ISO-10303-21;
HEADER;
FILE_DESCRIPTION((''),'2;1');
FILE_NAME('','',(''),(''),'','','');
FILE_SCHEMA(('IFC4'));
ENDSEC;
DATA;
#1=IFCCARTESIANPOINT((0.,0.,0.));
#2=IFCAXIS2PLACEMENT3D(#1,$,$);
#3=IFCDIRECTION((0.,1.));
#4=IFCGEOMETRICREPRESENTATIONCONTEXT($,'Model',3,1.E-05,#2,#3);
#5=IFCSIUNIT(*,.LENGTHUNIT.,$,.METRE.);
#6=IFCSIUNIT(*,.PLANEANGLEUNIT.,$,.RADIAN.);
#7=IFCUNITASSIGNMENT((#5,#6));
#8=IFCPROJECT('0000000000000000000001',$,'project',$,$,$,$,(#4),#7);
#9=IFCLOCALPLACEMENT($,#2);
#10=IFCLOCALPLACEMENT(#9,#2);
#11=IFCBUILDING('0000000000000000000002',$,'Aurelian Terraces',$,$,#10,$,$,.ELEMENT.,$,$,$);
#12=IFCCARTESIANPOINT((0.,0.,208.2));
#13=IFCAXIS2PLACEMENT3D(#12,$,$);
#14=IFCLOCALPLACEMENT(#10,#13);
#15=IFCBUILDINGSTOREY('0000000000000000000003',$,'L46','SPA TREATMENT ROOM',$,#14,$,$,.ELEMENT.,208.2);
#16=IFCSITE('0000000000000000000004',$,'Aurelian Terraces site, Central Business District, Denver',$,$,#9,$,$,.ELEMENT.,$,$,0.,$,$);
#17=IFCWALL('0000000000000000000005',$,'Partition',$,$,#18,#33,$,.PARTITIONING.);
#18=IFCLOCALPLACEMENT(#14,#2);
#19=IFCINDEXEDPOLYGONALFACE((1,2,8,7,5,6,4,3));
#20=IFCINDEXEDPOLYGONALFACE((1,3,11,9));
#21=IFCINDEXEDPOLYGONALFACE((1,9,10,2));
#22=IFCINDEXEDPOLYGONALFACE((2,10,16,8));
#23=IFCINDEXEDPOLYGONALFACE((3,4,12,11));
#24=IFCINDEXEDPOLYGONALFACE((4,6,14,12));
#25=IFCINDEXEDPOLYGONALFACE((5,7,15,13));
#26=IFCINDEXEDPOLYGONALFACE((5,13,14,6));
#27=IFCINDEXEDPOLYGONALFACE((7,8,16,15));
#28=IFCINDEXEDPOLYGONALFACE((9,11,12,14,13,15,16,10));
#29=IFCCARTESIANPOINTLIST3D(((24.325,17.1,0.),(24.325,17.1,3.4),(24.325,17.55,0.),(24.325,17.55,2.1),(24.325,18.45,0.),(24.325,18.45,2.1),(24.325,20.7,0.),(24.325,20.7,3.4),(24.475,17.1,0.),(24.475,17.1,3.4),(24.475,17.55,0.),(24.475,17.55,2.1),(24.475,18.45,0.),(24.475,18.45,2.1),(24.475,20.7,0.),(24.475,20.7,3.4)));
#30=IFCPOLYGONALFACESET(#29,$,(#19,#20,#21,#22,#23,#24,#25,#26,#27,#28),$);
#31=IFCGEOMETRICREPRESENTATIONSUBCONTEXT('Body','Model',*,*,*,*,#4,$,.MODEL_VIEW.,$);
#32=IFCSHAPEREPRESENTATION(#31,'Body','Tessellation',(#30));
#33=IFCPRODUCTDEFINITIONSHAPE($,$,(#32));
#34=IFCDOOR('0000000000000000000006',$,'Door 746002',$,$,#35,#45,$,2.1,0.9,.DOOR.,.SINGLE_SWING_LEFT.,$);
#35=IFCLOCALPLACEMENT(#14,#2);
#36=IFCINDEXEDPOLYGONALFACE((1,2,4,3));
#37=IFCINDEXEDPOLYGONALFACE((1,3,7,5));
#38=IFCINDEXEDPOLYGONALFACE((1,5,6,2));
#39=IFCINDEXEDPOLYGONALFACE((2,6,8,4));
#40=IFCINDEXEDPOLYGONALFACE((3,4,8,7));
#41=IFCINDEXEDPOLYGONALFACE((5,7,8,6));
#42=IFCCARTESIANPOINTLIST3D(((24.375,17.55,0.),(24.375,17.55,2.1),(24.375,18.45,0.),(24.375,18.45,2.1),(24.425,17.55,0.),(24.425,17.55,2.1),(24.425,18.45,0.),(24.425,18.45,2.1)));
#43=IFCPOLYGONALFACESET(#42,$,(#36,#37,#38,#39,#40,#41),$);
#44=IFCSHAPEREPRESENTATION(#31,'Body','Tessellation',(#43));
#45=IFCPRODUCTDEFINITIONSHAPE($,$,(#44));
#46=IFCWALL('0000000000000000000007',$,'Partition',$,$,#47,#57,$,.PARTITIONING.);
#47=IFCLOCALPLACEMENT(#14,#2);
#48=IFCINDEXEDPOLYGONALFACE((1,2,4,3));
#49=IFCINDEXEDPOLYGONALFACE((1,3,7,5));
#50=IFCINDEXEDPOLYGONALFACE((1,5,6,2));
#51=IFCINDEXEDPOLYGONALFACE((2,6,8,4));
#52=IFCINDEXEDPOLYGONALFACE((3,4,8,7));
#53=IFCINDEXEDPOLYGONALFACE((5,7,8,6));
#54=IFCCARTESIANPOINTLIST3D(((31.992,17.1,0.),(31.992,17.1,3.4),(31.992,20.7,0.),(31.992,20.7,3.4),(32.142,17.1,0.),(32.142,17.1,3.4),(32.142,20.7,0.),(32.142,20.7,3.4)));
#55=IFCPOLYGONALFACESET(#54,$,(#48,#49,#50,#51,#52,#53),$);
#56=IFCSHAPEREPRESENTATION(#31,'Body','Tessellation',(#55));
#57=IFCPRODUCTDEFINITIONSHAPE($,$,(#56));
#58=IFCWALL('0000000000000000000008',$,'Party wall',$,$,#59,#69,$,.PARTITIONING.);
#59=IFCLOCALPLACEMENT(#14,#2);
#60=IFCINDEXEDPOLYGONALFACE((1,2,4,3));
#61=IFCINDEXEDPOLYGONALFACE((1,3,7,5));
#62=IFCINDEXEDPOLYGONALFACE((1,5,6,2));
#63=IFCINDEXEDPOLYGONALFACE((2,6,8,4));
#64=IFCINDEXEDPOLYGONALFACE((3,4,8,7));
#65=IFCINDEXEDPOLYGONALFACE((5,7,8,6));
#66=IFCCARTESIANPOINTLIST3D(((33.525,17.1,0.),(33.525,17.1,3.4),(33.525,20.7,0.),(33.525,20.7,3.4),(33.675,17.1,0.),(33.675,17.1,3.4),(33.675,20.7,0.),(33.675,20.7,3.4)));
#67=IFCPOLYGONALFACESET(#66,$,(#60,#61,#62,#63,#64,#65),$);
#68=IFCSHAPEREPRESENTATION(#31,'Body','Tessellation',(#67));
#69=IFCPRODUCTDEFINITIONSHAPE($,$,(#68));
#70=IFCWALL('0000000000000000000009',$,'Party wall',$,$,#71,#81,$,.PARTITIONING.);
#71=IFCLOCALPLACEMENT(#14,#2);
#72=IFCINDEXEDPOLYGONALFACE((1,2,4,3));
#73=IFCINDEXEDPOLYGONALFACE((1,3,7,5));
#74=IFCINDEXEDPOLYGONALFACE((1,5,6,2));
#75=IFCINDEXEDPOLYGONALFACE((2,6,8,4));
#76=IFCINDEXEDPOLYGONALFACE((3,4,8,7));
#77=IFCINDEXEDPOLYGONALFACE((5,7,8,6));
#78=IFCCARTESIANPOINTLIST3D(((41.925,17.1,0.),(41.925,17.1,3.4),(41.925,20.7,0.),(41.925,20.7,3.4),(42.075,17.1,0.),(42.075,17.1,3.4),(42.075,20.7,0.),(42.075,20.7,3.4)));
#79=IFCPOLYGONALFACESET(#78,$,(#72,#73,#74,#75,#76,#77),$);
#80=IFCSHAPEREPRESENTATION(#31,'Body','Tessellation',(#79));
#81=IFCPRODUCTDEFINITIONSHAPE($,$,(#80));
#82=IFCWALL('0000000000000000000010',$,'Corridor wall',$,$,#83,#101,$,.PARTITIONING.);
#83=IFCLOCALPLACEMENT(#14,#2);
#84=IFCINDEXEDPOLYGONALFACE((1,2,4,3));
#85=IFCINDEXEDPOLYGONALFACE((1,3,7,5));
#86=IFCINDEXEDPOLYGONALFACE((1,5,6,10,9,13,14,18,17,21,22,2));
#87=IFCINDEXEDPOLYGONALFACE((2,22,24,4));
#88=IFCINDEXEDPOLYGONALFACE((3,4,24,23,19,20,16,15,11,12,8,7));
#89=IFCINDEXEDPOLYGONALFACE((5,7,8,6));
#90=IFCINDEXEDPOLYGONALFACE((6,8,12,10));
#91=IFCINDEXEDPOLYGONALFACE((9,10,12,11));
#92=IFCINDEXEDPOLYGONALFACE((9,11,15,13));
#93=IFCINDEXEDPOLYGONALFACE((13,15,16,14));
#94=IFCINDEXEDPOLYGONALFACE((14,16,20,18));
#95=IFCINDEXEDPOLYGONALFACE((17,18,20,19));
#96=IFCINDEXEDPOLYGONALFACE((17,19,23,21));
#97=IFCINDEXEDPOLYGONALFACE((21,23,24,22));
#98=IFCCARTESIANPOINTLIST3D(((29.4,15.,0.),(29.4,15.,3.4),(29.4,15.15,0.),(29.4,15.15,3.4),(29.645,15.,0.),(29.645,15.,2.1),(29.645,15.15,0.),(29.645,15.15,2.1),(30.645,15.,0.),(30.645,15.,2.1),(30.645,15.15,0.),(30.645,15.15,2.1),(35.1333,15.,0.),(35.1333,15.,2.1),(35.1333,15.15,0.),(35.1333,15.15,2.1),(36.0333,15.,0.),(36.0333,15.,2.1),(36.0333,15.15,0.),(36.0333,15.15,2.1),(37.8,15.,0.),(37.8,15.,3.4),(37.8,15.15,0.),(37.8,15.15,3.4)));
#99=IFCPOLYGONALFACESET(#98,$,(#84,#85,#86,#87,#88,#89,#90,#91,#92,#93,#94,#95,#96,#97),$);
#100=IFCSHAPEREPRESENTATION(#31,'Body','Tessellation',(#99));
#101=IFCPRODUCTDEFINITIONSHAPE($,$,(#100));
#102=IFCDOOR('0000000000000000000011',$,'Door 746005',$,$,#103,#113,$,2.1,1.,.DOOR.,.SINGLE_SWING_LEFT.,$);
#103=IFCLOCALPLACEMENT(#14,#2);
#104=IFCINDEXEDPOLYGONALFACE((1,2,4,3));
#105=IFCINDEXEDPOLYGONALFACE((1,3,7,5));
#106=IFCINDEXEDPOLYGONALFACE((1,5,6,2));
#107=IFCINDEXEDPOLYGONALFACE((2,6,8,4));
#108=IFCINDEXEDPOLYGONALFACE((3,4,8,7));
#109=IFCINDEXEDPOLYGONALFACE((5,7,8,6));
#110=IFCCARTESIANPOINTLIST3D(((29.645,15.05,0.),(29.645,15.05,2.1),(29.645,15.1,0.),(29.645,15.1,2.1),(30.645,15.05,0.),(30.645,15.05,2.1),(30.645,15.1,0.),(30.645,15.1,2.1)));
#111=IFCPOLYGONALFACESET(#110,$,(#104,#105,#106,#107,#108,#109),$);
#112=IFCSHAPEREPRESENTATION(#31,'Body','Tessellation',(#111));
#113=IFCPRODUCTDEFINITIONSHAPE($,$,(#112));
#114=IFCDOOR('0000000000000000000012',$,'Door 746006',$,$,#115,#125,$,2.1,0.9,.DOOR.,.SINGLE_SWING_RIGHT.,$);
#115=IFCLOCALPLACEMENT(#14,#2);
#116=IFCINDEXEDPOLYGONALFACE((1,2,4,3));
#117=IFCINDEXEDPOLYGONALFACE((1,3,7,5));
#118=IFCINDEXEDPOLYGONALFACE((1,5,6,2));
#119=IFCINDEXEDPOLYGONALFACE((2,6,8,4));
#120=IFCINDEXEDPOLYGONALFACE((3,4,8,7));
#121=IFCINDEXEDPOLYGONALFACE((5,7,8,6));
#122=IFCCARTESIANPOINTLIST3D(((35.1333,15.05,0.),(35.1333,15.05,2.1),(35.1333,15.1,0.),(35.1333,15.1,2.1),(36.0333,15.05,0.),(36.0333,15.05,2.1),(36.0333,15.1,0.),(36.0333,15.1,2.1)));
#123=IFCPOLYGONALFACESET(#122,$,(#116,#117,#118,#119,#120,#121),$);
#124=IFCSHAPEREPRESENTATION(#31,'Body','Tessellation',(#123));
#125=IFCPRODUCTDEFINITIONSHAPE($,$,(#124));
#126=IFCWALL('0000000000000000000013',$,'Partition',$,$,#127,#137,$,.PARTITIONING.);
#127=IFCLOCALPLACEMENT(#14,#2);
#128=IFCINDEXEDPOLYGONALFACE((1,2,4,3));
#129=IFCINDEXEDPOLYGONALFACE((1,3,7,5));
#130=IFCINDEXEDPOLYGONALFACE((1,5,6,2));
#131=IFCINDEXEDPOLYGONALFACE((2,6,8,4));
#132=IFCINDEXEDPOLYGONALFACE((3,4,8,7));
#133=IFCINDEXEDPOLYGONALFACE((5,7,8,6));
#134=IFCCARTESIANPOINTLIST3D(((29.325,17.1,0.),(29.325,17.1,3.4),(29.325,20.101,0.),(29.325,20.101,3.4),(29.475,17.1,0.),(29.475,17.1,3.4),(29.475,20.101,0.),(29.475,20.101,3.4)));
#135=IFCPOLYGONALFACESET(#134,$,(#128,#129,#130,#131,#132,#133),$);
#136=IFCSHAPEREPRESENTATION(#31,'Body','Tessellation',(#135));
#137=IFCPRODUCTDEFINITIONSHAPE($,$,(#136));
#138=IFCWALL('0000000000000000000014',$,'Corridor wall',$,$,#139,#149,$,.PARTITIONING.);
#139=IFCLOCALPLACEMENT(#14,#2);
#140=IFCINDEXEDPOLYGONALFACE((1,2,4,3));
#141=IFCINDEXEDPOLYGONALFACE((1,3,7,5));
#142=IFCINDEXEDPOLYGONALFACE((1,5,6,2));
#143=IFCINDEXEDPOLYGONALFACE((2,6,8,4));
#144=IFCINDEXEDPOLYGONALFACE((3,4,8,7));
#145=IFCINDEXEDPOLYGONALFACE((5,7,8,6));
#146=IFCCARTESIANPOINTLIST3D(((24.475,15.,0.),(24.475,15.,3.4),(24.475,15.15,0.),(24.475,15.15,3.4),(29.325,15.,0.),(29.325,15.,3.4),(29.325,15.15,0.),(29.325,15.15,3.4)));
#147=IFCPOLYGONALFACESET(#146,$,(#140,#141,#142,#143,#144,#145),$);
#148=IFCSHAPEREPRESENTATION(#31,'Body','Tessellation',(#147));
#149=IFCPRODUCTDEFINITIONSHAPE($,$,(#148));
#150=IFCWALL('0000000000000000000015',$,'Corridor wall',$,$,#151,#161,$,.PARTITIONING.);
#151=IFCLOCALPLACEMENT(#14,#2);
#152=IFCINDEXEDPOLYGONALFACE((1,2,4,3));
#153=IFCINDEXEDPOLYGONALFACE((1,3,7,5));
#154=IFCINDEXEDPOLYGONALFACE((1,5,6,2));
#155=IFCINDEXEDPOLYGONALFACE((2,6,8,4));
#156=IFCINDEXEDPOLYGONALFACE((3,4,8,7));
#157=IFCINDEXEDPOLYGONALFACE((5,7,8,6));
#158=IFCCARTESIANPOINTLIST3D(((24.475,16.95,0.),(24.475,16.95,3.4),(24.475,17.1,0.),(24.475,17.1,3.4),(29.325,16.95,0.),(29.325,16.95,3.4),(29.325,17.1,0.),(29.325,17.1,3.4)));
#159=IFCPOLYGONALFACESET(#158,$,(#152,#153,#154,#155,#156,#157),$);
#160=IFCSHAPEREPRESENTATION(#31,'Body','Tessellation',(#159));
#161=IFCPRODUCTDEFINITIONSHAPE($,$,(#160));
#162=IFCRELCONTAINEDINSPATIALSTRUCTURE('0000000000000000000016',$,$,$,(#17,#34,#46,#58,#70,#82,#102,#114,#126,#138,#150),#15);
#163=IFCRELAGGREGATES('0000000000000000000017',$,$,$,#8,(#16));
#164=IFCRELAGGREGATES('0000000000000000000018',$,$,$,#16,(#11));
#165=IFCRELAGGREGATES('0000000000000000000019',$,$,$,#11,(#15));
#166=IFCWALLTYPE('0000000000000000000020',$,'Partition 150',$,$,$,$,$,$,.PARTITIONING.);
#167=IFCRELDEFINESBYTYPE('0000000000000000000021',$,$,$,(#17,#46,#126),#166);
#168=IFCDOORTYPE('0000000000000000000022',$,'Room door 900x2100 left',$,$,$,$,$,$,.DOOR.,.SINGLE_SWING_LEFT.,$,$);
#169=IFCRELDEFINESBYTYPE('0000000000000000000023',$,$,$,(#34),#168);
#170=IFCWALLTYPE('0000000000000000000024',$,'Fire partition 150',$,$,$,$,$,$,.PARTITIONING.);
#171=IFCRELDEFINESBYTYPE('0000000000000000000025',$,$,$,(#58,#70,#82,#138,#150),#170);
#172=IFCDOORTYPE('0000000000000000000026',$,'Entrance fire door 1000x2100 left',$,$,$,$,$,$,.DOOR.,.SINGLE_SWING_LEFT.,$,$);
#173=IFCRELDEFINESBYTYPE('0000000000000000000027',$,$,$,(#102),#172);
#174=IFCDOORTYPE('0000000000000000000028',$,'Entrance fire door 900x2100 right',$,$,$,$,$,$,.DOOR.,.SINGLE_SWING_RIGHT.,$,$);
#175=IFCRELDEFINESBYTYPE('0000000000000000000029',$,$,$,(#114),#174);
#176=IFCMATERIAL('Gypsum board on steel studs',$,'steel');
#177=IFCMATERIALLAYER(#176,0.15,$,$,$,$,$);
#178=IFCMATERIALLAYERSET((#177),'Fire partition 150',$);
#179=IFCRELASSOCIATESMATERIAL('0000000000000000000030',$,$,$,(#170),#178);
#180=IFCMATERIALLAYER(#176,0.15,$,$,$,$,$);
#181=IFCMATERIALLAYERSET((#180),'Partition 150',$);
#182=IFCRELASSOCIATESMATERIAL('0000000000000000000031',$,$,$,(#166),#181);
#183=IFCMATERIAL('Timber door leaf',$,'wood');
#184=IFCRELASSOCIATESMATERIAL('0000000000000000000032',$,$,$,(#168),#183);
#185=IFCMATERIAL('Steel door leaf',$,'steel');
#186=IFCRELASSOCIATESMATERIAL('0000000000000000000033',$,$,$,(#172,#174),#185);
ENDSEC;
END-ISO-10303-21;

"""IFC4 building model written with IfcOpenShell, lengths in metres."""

from ifc_helpers import new_model, si_unit, direction, frame, frame_2d, origin, place, context, subcontext, project, spatial, rectangle, extrude, source, transform, mapped, material, layer, layer_set, type_object, element, fill, save


model = new_model("IFC4")

# Units and contexts
model_context = context("Model", 3, precision=1e-05, world=origin(), true_north=direction((0.0, 1.0)))
body_context = subcontext(model_context, "Body", "Model", "MODEL_VIEW")
ifc_project = project(units=[si_unit("LENGTHUNIT", "METRE"), si_unit("PLANEANGLEUNIT", "RADIAN")], contexts=[model_context])

# Site, building, storey
site_placement = place(None, origin())
site = spatial("IfcSite", under=ifc_project, at=site_placement, Name="Aurelian Terraces site, Central Business District, Denver", CompositionType="ELEMENT", RefElevation=0.0)
building_placement = place(site_placement, origin())
building = spatial("IfcBuilding", under=site, at=building_placement, Name="Aurelian Terraces", CompositionType="ELEMENT")
storey_placement = place(building_placement, frame((0.0, 0.0, 208.2)))
storey = spatial("IfcBuildingStorey", under=building, at=storey_placement, Name="L46", Description="SPA TREATMENT ROOM", CompositionType="ELEMENT", Elevation=208.2)

# Wall, opening, door
ifc_material_1 = material(Name="Gypsum board on steel studs", Category="steel")
ifc_layer_1 = layer(ifc_material_1, 0.15)
ifc_layer_set_1 = layer_set([ifc_layer_1], Name="Fire partition 150")
wall_type_1 = type_object("IfcWallType", Name="Fire partition 150", PredefinedType="PARTITIONING", material=ifc_layer_set_1)
shared_shape_1 = source(origin(), body_context, "Body", "SweptSolid", [
    extrude(rectangle(XDim=0.9, YDim=2.1, at=frame_2d((0.45, 1.05))), frame((0.0, 0.085, 0.0), z_axis=(0.0, -1.0, 0.0), x_axis=(1.0, 0.0, 0.0)), (0.0, 0.0, 1.0), 0.17),
])
ifc_material_2 = material(Name="Timber door leaf", Category="wood")
shared_shape_2 = source(origin(), body_context, "Body", "SweptSolid", [
    extrude(rectangle(XDim=0.9, YDim=2.1, at=frame_2d((0.45, 1.05))), frame((0.0, 0.025, 0.0), z_axis=(0.0, -1.0, 0.0), x_axis=(1.0, 0.0, 0.0)), (0.0, 0.0, 1.0), 0.05),
])
ifc_layer_2 = layer(ifc_material_1, 0.15)
ifc_layer_set_2 = layer_set([ifc_layer_2], Name="Partition 150")
wall_type_2 = type_object("IfcWallType", Name="Partition 150", PredefinedType="PARTITIONING", material=ifc_layer_set_2)
shared_shape_3 = source(origin(), body_context, "Body", "SweptSolid", [
    extrude(rectangle(XDim=3.6, YDim=0.15, at=frame_2d((1.8, 0.0))), origin(), (0.0, 0.0, 1.0), 3.4),
])
wall_1_placement = place(storey_placement, frame((24.4, 20.7, 0.0), z_axis=(0.0, 0.0, 1.0), x_axis=(0.0, -1.0, 0.0)))
wall_1 = element("IfcWall", 1, at=wall_1_placement, inside=storey, type_object=wall_type_2, Name="Partition", PredefinedType="PARTITIONING", context=body_context, shape_type="MappedRepresentation", body=[
    mapped(shared_shape_3, transform((0.0, 0.0, 0.0), scale=1.0)),
])
opening_1_placement = place(wall_1_placement, frame((2.25, 0.0, 0.0)))
opening_1 = element("IfcOpeningElement", 2, at=opening_1_placement, cuts=wall_1, PredefinedType="OPENING", context=body_context, shape_type="MappedRepresentation", body=[
    mapped(shared_shape_1, transform((0.0, 0.0, 0.0), scale=1.0)),
])
door_type_1 = type_object("IfcDoorType", Name="Room door 900x2100 left", OperationType="SINGLE_SWING_LEFT", PredefinedType="DOOR", material=ifc_material_2)
door_1_placement = place(opening_1_placement, origin())
door_1 = element("IfcDoor", 3, at=door_1_placement, inside=storey, type_object=door_type_1, Name="Door 746002", OperationType="SINGLE_SWING_LEFT", OverallHeight=2.1, OverallWidth=0.9, PredefinedType="DOOR", context=body_context, shape_type="MappedRepresentation", body=[
    mapped(shared_shape_2, transform((0.0, 0.0, 0.0), scale=1.0)),
])
fill(opening_1, door_1)

# Walls
wall_2_placement = place(storey_placement, frame((32.067, 20.7, 0.0), z_axis=(0.0, 0.0, 1.0), x_axis=(0.0, -1.0, 0.0)))
element("IfcWall", 4, at=wall_2_placement, inside=storey, type_object=wall_type_2, Name="Partition", PredefinedType="PARTITIONING", context=body_context, shape_type="MappedRepresentation", body=[
    mapped(shared_shape_3, transform((0.0, 0.0, 0.0), scale=1.0)),
])
for number, where, z_axis, x_axis, name in (
    (5, (33.6, 17.1, 0.0), (0.0, 0.0, 1.0), (0.0, 1.0, 0.0), "Party wall"),
    (6, (42.0, 17.1, 0.0), (0.0, 0.0, 1.0), (0.0, 1.0, 0.0), "Party wall"),
):
    element("IfcWall", number, at=place(storey_placement, frame(where, z_axis=z_axis, x_axis=x_axis)), inside=storey, type_object=wall_type_1, Name=name, PredefinedType="PARTITIONING", context=body_context, shape_type="MappedRepresentation", body=[
        mapped(shared_shape_3, transform((0.0, 0.0, 0.0), scale=1.0)),
    ])

# Wall, openings, doors
shared_shape_4 = source(origin(), body_context, "Body", "SweptSolid", [
    extrude(rectangle(XDim=8.4, YDim=0.15, at=frame_2d((4.2, 0.0))), origin(), (0.0, 0.0, 1.0), 3.4),
])
wall_3_placement = place(storey_placement, frame((37.8, 15.075, 0.0), z_axis=(0.0, 0.0, 1.0), x_axis=(-1.0, 0.0, 0.0)))
wall_3 = element("IfcWall", 7, at=wall_3_placement, inside=storey, type_object=wall_type_1, Name="Corridor wall", PredefinedType="PARTITIONING", context=body_context, shape_type="MappedRepresentation", body=[
    mapped(shared_shape_4, transform((0.0, 0.0, 0.0), scale=1.0)),
])
shared_shape_5 = source(origin(), body_context, "Body", "SweptSolid", [
    extrude(rectangle(XDim=1.0, YDim=2.1, at=frame_2d((0.5, 1.05))), frame((0.0, 0.085, 0.0), z_axis=(0.0, -1.0, 0.0), x_axis=(1.0, 0.0, 0.0)), (0.0, 0.0, 1.0), 0.17),
])
opening_2_placement = place(wall_3_placement, frame((7.155, 0.0, 0.0)))
opening_2 = element("IfcOpeningElement", 8, at=opening_2_placement, cuts=wall_3, PredefinedType="OPENING", context=body_context, shape_type="MappedRepresentation", body=[
    mapped(shared_shape_5, transform((0.0, 0.0, 0.0), scale=1.0)),
])
opening_3_placement = place(wall_3_placement, frame((1.7667, 0.0, 0.0)))
opening_3 = element("IfcOpeningElement", 9, at=opening_3_placement, cuts=wall_3, PredefinedType="OPENING", context=body_context, shape_type="MappedRepresentation", body=[
    mapped(shared_shape_1, transform((0.0, 0.0, 0.0), scale=1.0)),
])
ifc_material_3 = material(Name="Steel door leaf", Category="steel")
door_type_2 = type_object("IfcDoorType", Name="Entrance fire door 1000x2100 left", OperationType="SINGLE_SWING_LEFT", PredefinedType="DOOR", material=ifc_material_3)
shared_shape_6 = source(origin(), body_context, "Body", "SweptSolid", [
    extrude(rectangle(XDim=1.0, YDim=2.1, at=frame_2d((0.5, 1.05))), frame((0.0, 0.025, 0.0), z_axis=(0.0, -1.0, 0.0), x_axis=(1.0, 0.0, 0.0)), (0.0, 0.0, 1.0), 0.05),
])
door_2_placement = place(opening_2_placement, origin())
door_2 = element("IfcDoor", 10, at=door_2_placement, inside=storey, type_object=door_type_2, Name="Door 746005", OperationType="SINGLE_SWING_LEFT", OverallHeight=2.1, OverallWidth=1.0, PredefinedType="DOOR", context=body_context, shape_type="MappedRepresentation", body=[
    mapped(shared_shape_6, transform((0.0, 0.0, 0.0), scale=1.0)),
])
fill(opening_2, door_2)
door_type_3 = type_object("IfcDoorType", Name="Entrance fire door 900x2100 right", OperationType="SINGLE_SWING_RIGHT", PredefinedType="DOOR", material=ifc_material_3)
door_3_placement = place(opening_3_placement, origin())
door_3 = element("IfcDoor", 11, at=door_3_placement, inside=storey, type_object=door_type_3, Name="Door 746006", OperationType="SINGLE_SWING_RIGHT", OverallHeight=2.1, OverallWidth=0.9, PredefinedType="DOOR", context=body_context, shape_type="MappedRepresentation", body=[
    mapped(shared_shape_2, transform((0.0, 0.0, 0.0), scale=1.0)),
])
fill(opening_3, door_3)

# Walls
shared_shape_7 = source(origin(), body_context, "Body", "SweptSolid", [
    extrude(rectangle(XDim=3.001, YDim=0.15, at=frame_2d((1.5005, 0.0))), origin(), (0.0, 0.0, 1.0), 3.4),
])
wall_4_placement = place(storey_placement, frame((29.4, 17.1, 0.0), z_axis=(0.0, 0.0, 1.0), x_axis=(0.0, 1.0, 0.0)))
element("IfcWall", 12, at=wall_4_placement, inside=storey, type_object=wall_type_2, Name="Partition", PredefinedType="PARTITIONING", context=body_context, shape_type="MappedRepresentation", body=[
    mapped(shared_shape_7, transform((0.0, 0.0, 0.0), scale=1.0)),
])
shared_shape_8 = source(origin(), body_context, "Body", "SweptSolid", [
    extrude(rectangle(XDim=4.85, YDim=0.15, at=frame_2d((2.425, 0.0))), origin(), (0.0, 0.0, 1.0), 3.4),
])
for number, where, z_axis, x_axis, name in (
    (13, (29.325, 15.075, 0.0), (0.0, 0.0, 1.0), (-1.0, 0.0, 0.0), "Corridor wall"),
    (14, (24.475, 17.025, 0.0), (0.0, 0.0, 1.0), (1.0, 0.0, 0.0), "Corridor wall"),
):
    element("IfcWall", number, at=place(storey_placement, frame(where, z_axis=z_axis, x_axis=x_axis)), inside=storey, type_object=wall_type_1, Name=name, PredefinedType="PARTITIONING", context=body_context, shape_type="MappedRepresentation", body=[
        mapped(shared_shape_8, transform((0.0, 0.0, 0.0), scale=1.0)),
    ])

save(model, "model.ifc")
